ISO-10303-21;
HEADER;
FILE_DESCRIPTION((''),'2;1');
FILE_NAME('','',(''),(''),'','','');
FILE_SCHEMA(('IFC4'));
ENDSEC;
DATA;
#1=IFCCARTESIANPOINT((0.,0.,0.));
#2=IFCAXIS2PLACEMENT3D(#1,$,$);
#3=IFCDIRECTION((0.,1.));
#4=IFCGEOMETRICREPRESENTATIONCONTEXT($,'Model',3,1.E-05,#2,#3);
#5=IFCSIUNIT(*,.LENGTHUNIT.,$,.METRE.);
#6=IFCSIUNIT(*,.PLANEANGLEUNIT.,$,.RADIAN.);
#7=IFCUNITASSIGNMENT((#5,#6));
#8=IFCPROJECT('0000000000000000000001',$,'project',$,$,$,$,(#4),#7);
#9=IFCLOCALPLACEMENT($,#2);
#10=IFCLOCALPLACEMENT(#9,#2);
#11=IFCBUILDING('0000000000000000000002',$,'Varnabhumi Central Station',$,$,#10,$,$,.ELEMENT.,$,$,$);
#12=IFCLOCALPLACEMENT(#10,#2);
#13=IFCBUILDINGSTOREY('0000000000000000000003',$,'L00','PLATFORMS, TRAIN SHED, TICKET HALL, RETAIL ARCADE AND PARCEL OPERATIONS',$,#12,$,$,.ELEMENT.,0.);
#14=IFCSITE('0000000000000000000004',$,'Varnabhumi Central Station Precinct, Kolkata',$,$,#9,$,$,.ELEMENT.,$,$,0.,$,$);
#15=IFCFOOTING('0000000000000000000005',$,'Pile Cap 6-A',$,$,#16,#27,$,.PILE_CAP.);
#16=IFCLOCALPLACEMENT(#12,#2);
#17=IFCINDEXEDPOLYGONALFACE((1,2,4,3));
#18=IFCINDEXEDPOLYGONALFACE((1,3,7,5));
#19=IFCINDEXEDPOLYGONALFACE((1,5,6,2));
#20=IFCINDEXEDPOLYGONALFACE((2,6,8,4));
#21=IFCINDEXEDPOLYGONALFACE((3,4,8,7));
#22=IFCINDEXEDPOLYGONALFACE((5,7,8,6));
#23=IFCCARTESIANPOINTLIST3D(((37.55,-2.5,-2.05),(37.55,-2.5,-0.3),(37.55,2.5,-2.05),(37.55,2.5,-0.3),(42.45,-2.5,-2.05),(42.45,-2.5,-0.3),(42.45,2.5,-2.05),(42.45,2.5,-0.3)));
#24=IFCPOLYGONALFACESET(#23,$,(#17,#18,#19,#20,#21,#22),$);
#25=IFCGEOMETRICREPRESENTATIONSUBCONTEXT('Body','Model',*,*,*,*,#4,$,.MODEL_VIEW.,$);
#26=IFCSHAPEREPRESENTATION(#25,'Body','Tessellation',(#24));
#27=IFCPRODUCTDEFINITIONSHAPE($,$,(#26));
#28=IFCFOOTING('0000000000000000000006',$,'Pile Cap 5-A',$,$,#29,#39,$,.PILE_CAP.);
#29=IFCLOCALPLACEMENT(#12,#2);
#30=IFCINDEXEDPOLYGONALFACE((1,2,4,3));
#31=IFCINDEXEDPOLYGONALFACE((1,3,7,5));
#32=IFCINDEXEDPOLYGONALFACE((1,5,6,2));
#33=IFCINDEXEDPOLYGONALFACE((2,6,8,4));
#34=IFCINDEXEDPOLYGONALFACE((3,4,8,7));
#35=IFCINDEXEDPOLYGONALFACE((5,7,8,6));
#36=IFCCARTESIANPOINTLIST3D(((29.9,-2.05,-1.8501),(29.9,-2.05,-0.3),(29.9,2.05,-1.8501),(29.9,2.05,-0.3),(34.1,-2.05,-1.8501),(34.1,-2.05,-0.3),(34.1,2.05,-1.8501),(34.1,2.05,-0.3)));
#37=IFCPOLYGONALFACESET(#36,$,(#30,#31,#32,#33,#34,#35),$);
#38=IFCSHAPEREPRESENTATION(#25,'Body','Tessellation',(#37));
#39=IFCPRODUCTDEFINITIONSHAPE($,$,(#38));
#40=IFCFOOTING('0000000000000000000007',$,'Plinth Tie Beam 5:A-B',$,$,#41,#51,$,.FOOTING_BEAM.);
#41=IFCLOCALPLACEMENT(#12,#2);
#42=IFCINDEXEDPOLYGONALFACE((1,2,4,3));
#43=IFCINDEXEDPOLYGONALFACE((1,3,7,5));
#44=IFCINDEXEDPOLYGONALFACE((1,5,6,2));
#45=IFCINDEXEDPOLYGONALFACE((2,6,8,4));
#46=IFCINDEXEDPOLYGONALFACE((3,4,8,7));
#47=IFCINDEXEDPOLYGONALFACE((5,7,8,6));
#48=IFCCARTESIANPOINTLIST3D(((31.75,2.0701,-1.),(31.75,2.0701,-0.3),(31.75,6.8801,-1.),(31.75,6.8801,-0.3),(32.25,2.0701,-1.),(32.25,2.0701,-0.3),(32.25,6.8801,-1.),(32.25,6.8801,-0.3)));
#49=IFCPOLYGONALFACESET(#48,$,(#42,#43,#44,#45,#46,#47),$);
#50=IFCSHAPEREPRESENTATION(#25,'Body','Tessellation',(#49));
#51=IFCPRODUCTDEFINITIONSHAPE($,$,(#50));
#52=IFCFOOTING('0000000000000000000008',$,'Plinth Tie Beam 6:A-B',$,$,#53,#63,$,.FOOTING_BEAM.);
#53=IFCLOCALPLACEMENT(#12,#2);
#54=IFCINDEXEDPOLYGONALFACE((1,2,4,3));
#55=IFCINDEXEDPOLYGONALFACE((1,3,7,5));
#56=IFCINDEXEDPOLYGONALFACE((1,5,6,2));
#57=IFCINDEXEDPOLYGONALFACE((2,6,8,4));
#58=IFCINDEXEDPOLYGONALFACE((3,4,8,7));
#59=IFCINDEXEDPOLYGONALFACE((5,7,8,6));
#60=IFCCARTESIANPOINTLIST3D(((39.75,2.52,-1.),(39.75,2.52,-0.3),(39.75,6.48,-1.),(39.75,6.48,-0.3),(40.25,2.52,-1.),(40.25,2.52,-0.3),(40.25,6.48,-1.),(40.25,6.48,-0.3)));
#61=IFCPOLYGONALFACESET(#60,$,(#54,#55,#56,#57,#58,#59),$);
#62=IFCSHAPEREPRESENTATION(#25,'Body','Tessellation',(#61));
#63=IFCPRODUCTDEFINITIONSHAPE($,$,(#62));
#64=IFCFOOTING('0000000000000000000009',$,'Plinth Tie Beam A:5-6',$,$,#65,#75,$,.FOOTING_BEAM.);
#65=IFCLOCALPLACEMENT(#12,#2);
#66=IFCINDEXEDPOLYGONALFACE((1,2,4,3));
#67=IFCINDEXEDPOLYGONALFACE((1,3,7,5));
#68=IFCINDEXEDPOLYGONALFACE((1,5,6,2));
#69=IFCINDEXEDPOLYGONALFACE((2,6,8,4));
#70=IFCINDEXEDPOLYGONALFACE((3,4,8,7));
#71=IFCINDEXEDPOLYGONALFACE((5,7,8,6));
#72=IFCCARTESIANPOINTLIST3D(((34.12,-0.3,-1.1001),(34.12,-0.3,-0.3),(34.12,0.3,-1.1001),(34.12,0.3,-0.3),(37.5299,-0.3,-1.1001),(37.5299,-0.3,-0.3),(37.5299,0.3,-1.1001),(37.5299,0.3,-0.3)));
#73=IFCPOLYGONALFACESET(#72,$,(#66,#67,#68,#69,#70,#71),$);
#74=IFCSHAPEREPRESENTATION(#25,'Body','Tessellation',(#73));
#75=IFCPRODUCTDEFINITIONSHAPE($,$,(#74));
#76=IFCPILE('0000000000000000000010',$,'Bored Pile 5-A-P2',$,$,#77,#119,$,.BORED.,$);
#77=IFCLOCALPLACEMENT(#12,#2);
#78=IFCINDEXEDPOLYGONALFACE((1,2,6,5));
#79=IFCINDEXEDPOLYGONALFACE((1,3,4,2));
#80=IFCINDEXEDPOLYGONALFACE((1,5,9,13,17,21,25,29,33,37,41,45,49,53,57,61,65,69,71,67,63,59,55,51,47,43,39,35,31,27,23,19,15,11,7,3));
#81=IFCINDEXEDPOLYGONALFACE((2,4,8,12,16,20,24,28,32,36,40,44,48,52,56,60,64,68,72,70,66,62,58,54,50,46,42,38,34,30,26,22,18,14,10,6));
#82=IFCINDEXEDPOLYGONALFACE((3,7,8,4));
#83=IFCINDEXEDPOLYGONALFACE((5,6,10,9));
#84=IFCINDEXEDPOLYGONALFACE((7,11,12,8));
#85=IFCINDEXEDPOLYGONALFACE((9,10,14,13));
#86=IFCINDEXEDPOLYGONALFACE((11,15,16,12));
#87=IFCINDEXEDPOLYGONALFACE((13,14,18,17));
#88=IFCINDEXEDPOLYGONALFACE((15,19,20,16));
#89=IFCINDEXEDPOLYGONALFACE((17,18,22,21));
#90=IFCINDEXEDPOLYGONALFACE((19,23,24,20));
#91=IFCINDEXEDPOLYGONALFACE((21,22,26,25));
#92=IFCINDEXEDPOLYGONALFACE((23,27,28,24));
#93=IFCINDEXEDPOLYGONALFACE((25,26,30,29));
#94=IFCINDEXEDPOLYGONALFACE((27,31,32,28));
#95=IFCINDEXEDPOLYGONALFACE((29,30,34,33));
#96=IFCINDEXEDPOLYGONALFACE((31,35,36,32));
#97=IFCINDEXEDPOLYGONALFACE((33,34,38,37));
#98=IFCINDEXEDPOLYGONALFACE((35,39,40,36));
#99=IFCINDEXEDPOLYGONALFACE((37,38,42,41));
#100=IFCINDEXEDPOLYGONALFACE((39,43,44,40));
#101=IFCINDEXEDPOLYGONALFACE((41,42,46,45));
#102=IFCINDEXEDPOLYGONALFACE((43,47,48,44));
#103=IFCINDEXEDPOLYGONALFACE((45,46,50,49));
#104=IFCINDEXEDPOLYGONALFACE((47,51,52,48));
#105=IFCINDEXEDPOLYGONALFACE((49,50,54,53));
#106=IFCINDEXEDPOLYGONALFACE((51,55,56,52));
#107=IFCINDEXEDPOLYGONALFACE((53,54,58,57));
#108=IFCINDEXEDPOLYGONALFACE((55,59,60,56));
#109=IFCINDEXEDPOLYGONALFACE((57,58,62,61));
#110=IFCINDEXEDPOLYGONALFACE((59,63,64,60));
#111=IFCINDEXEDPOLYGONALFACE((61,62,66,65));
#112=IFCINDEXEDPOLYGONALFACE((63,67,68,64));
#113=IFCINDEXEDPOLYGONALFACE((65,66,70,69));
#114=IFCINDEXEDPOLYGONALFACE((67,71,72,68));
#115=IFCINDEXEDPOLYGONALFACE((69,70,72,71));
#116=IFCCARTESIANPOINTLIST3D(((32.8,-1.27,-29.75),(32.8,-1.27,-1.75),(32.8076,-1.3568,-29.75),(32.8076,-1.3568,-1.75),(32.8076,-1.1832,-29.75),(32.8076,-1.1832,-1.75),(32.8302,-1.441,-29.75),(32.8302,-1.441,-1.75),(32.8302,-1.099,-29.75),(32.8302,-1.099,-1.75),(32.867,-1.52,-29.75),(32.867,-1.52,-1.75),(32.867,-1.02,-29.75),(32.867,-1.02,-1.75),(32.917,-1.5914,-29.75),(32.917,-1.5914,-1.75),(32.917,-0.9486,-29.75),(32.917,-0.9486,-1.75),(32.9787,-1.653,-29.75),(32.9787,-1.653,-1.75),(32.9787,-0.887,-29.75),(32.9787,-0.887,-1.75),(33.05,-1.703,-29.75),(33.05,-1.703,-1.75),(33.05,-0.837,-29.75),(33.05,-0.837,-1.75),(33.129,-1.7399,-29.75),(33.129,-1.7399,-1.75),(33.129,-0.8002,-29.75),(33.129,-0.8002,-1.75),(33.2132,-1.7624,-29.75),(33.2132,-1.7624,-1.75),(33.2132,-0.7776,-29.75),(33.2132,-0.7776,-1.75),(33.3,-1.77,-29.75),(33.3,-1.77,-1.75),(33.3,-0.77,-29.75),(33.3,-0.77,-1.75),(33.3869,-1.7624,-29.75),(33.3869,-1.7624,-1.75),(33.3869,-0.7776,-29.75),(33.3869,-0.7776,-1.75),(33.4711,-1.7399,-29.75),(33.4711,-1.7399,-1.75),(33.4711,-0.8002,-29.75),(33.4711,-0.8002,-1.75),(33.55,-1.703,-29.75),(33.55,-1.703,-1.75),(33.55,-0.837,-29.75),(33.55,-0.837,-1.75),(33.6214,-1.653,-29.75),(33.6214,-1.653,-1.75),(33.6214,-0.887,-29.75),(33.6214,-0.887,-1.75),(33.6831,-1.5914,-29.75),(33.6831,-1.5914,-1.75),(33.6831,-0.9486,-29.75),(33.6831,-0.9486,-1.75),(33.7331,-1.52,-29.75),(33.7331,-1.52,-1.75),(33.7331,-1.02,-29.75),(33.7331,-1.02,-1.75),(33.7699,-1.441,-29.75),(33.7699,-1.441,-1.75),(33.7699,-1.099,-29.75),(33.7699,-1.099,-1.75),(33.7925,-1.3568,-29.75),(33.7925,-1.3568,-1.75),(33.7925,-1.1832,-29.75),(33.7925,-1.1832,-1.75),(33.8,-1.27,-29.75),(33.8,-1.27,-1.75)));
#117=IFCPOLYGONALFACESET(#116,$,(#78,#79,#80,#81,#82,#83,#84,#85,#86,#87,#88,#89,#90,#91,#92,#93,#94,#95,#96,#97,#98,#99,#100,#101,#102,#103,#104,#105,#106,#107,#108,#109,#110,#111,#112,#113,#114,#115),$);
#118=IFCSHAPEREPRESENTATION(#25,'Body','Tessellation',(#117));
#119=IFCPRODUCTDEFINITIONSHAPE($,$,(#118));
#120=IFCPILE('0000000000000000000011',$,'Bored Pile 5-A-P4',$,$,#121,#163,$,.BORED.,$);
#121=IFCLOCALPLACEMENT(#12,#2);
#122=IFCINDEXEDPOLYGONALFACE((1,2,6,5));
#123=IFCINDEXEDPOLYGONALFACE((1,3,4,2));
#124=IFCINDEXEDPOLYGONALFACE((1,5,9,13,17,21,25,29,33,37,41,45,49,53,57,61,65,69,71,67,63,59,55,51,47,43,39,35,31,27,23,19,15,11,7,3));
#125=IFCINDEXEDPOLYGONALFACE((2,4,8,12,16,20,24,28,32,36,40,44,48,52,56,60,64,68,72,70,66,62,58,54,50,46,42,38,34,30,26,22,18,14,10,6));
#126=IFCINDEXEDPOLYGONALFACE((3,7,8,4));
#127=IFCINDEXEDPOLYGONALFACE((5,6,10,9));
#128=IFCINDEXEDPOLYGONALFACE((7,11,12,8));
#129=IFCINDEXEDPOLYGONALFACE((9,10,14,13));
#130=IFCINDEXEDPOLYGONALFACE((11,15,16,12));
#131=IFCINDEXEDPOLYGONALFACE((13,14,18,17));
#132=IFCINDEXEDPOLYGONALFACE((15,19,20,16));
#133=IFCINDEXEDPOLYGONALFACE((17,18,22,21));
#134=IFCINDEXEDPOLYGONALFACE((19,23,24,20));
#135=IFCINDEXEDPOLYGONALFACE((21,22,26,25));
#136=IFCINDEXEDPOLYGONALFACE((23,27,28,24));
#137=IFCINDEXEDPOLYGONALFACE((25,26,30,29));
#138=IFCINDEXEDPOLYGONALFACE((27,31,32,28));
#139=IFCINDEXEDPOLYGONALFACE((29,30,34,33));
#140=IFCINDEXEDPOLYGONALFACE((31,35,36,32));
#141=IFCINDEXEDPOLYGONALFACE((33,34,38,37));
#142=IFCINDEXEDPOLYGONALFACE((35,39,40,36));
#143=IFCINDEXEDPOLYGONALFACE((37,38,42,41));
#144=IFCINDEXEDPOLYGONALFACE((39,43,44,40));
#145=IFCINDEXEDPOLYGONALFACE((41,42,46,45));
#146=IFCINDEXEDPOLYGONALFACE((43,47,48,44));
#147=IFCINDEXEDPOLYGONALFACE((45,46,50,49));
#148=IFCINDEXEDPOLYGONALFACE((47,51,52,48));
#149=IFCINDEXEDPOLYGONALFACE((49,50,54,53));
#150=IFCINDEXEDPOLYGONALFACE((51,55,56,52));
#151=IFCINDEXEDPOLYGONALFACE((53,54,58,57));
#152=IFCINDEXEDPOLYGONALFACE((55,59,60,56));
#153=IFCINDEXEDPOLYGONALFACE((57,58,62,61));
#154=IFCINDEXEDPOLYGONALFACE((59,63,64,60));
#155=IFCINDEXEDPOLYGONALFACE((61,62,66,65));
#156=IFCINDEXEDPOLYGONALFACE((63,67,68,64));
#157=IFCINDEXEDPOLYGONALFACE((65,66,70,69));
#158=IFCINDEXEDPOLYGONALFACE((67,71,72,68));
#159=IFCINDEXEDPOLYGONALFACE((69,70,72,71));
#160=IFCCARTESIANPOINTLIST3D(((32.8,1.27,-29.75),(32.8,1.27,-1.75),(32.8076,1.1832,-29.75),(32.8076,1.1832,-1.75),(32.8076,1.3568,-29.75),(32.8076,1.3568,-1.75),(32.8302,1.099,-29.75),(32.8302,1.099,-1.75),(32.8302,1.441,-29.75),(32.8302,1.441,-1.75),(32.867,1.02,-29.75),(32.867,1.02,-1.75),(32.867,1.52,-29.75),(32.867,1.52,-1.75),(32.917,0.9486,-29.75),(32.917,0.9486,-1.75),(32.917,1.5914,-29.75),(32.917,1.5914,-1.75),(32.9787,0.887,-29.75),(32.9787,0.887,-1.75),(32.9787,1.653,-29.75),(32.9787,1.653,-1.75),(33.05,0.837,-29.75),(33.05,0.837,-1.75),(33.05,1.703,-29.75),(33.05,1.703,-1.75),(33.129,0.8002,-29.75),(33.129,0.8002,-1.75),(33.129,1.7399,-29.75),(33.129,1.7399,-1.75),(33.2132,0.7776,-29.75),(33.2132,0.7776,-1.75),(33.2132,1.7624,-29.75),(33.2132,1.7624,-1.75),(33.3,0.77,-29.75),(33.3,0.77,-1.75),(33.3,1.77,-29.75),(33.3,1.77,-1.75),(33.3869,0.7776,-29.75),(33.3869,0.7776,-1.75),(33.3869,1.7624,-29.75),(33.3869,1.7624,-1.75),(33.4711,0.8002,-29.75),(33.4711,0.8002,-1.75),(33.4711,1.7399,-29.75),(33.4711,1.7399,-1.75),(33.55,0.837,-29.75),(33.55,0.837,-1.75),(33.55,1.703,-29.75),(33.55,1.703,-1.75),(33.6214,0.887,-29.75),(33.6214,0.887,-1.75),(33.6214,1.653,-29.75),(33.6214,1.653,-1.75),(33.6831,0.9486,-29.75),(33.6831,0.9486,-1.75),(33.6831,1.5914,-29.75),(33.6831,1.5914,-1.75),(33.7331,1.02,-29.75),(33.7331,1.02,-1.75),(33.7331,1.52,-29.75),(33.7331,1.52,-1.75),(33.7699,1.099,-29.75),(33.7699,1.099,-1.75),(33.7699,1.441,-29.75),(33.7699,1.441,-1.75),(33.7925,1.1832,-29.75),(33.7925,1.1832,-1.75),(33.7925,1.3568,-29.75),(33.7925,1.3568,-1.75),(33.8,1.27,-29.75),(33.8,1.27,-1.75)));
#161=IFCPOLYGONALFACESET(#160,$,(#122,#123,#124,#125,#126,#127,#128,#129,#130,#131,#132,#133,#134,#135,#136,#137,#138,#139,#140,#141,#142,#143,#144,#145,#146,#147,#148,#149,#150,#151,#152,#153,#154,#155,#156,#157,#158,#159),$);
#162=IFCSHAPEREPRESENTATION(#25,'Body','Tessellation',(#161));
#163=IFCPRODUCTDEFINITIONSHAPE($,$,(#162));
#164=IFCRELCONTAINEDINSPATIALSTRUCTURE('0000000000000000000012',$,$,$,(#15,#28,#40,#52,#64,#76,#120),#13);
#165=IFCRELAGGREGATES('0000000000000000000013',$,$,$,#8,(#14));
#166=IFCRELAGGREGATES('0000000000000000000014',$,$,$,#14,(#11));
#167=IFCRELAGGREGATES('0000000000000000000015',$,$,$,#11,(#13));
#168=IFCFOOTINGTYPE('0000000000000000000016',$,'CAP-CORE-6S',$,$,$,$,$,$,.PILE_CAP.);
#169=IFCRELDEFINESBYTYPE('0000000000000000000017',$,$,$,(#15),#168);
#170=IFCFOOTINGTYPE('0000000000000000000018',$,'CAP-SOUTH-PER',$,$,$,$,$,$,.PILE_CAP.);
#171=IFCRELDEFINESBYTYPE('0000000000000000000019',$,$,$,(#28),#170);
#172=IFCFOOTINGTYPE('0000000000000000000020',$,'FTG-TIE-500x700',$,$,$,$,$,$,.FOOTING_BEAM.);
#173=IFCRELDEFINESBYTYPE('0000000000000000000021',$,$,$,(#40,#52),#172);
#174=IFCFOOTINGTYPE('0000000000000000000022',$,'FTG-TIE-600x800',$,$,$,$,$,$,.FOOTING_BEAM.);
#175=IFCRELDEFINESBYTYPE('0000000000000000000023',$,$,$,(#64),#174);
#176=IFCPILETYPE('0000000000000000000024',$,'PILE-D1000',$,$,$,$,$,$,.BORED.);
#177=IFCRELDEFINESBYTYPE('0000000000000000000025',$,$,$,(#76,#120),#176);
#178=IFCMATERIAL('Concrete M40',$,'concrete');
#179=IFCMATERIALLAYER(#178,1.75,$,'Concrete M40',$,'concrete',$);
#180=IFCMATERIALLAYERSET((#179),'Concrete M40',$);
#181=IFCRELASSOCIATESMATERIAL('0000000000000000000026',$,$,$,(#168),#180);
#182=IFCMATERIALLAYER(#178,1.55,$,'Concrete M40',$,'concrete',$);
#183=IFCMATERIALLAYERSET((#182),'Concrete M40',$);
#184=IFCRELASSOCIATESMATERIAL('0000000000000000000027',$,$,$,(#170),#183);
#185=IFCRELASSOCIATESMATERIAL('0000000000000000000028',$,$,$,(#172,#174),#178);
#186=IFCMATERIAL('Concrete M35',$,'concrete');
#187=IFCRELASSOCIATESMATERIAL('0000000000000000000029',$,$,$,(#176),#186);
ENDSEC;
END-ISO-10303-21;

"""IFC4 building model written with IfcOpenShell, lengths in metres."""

from ifc_helpers import new_model, si_unit, direction, frame, origin, origin_2d, place, context, subcontext, project, spatial, rectangle, circle, extrude, material, layer, layer_set, material_profile, profile_set, type_object, element, save


model = new_model("IFC4")

# Units and contexts
model_context = context("Model", 3, precision=1e-05, world=origin(), true_north=direction((0.0, 1.0)))
body_context = subcontext(model_context, "Body", "Model", "MODEL_VIEW")
ifc_project = project(units=[si_unit("LENGTHUNIT", "METRE"), si_unit("PLANEANGLEUNIT", "RADIAN")], contexts=[model_context])

# Site, building, storey
site_placement = place(None, origin())
site = spatial("IfcSite", under=ifc_project, at=site_placement, Name="Varnabhumi Central Station Precinct, Kolkata", CompositionType="ELEMENT", RefElevation=0.0)
building_placement = place(site_placement, origin())
building = spatial("IfcBuilding", under=site, at=building_placement, Name="Varnabhumi Central Station", CompositionType="ELEMENT")
storey_placement = place(building_placement, origin())
storey = spatial("IfcBuildingStorey", under=building, at=storey_placement, Name="L00", Description="PLATFORMS, TRAIN SHED, TICKET HALL, RETAIL ARCADE AND PARCEL OPERATIONS", CompositionType="ELEMENT", Elevation=0.0)

# Footings
ifc_material_1 = material(Name="Concrete M40", Category="concrete")
ifc_layer_1 = layer(ifc_material_1, 1.75, Name="Concrete M40", Category="concrete")
ifc_layer_set_1 = layer_set([ifc_layer_1], Name="Concrete M40")
footing_type_1 = type_object("IfcFootingType", Name="CAP-CORE-6S", PredefinedType="PILE_CAP", material=ifc_layer_set_1)
footing_1_placement = place(storey_placement, frame((40.0, 0.0, -2.05), z_axis=(0.0, 0.0, 1.0), x_axis=(1.0, 0.0, 0.0)))
element("IfcFooting", 1, at=footing_1_placement, inside=storey, type_object=footing_type_1, Name="Pile Cap 6-A", PredefinedType="PILE_CAP", context=body_context, shape_type="SweptSolid", body=[
    extrude(rectangle(XDim=4.8999, YDim=5.0, at=origin_2d()), origin(), (0.0, 0.0, 1.0), 1.75),
])
ifc_layer_2 = layer(ifc_material_1, 1.55, Name="Concrete M40", Category="concrete")
ifc_layer_set_2 = layer_set([ifc_layer_2], Name="Concrete M40")
footing_type_2 = type_object("IfcFootingType", Name="CAP-SOUTH-PER", PredefinedType="PILE_CAP", material=ifc_layer_set_2)
footing_2_placement = place(storey_placement, frame((32.0, 0.0, -1.8501), z_axis=(0.0, 0.0, 1.0), x_axis=(1.0, 0.0, 0.0)))
element("IfcFooting", 2, at=footing_2_placement, inside=storey, type_object=footing_type_2, Name="Pile Cap 5-A", PredefinedType="PILE_CAP", context=body_context, shape_type="SweptSolid", body=[
    extrude(rectangle(XDim=4.2, YDim=4.1001, at=origin_2d()), origin(), (0.0, 0.0, 1.0), 1.55),
])
footing_type_3 = type_object("IfcFootingType", Name="FTG-TIE-500x700", PredefinedType="FOOTING_BEAM", material=ifc_material_1)
footing_3_placement = place(storey_placement, frame((32.0, 4.4751, -1.0), z_axis=(0.0, 0.0, 1.0), x_axis=(1.0, 0.0, 0.0)))
element("IfcFooting", 3, at=footing_3_placement, inside=storey, type_object=footing_type_3, Name="Plinth Tie Beam 5:A-B", PredefinedType="FOOTING_BEAM", context=body_context, shape_type="SweptSolid", body=[
    extrude(rectangle(XDim=0.5, YDim=4.8101, at=origin_2d()), origin(), (0.0, 0.0, 1.0), 0.7),
])
footing_4_placement = place(storey_placement, frame((40.0, 4.5, -1.0), z_axis=(0.0, 0.0, 1.0), x_axis=(1.0, 0.0, 0.0)))
element("IfcFooting", 4, at=footing_4_placement, inside=storey, type_object=footing_type_3, Name="Plinth Tie Beam 6:A-B", PredefinedType="FOOTING_BEAM", context=body_context, shape_type="SweptSolid", body=[
    extrude(rectangle(XDim=0.5, YDim=3.96, at=origin_2d()), origin(), (0.0, 0.0, 1.0), 0.7),
])
footing_type_4 = type_object("IfcFootingType", Name="FTG-TIE-600x800", PredefinedType="FOOTING_BEAM", material=ifc_material_1)
footing_5_placement = place(storey_placement, frame((35.825, 0.0, -1.1001), z_axis=(0.0, 0.0, 1.0), x_axis=(1.0, 0.0, 0.0)))
element("IfcFooting", 5, at=footing_5_placement, inside=storey, type_object=footing_type_4, Name="Plinth Tie Beam A:5-6", PredefinedType="FOOTING_BEAM", context=body_context, shape_type="SweptSolid", body=[
    extrude(rectangle(XDim=3.4099, YDim=0.6001, at=origin_2d()), origin(), (0.0, 0.0, 1.0), 0.8),
])

# Piles
ifc_material_2 = material(Name="Concrete M35", Category="concrete")
ifc_material_profile_1 = material_profile(ifc_material_2, circle(Radius=0.5, at=origin_2d()), Name="Concrete M35", Category="concrete")
ifc_profile_set_1 = profile_set([ifc_material_profile_1], Name="Concrete M35")
pile_type_1 = type_object("IfcPileType", Name="PILE-D1000", PredefinedType="BORED", material=ifc_profile_set_1)
for number, where, z_axis, x_axis, name in (
    (6, (33.3, -1.27, -1.75), (0.0, 0.0, -1.0), (1.0, 0.0, 0.0), "Bored Pile 5-A-P2"),
    (7, (33.3, 1.27, -1.75), (0.0, 0.0, -1.0), (1.0, 0.0, 0.0), "Bored Pile 5-A-P4"),
):
    element("IfcPile", number, at=place(storey_placement, frame(where, z_axis=z_axis, x_axis=x_axis)), inside=storey, type_object=pile_type_1, Name=name, PredefinedType="BORED", context=body_context, shape_type="SweptSolid", body=[
        extrude(circle(Radius=0.5, at=origin_2d()), origin(), (0.0, 0.0, 1.0), 28.0),
    ])

save(model, "model.ifc")
